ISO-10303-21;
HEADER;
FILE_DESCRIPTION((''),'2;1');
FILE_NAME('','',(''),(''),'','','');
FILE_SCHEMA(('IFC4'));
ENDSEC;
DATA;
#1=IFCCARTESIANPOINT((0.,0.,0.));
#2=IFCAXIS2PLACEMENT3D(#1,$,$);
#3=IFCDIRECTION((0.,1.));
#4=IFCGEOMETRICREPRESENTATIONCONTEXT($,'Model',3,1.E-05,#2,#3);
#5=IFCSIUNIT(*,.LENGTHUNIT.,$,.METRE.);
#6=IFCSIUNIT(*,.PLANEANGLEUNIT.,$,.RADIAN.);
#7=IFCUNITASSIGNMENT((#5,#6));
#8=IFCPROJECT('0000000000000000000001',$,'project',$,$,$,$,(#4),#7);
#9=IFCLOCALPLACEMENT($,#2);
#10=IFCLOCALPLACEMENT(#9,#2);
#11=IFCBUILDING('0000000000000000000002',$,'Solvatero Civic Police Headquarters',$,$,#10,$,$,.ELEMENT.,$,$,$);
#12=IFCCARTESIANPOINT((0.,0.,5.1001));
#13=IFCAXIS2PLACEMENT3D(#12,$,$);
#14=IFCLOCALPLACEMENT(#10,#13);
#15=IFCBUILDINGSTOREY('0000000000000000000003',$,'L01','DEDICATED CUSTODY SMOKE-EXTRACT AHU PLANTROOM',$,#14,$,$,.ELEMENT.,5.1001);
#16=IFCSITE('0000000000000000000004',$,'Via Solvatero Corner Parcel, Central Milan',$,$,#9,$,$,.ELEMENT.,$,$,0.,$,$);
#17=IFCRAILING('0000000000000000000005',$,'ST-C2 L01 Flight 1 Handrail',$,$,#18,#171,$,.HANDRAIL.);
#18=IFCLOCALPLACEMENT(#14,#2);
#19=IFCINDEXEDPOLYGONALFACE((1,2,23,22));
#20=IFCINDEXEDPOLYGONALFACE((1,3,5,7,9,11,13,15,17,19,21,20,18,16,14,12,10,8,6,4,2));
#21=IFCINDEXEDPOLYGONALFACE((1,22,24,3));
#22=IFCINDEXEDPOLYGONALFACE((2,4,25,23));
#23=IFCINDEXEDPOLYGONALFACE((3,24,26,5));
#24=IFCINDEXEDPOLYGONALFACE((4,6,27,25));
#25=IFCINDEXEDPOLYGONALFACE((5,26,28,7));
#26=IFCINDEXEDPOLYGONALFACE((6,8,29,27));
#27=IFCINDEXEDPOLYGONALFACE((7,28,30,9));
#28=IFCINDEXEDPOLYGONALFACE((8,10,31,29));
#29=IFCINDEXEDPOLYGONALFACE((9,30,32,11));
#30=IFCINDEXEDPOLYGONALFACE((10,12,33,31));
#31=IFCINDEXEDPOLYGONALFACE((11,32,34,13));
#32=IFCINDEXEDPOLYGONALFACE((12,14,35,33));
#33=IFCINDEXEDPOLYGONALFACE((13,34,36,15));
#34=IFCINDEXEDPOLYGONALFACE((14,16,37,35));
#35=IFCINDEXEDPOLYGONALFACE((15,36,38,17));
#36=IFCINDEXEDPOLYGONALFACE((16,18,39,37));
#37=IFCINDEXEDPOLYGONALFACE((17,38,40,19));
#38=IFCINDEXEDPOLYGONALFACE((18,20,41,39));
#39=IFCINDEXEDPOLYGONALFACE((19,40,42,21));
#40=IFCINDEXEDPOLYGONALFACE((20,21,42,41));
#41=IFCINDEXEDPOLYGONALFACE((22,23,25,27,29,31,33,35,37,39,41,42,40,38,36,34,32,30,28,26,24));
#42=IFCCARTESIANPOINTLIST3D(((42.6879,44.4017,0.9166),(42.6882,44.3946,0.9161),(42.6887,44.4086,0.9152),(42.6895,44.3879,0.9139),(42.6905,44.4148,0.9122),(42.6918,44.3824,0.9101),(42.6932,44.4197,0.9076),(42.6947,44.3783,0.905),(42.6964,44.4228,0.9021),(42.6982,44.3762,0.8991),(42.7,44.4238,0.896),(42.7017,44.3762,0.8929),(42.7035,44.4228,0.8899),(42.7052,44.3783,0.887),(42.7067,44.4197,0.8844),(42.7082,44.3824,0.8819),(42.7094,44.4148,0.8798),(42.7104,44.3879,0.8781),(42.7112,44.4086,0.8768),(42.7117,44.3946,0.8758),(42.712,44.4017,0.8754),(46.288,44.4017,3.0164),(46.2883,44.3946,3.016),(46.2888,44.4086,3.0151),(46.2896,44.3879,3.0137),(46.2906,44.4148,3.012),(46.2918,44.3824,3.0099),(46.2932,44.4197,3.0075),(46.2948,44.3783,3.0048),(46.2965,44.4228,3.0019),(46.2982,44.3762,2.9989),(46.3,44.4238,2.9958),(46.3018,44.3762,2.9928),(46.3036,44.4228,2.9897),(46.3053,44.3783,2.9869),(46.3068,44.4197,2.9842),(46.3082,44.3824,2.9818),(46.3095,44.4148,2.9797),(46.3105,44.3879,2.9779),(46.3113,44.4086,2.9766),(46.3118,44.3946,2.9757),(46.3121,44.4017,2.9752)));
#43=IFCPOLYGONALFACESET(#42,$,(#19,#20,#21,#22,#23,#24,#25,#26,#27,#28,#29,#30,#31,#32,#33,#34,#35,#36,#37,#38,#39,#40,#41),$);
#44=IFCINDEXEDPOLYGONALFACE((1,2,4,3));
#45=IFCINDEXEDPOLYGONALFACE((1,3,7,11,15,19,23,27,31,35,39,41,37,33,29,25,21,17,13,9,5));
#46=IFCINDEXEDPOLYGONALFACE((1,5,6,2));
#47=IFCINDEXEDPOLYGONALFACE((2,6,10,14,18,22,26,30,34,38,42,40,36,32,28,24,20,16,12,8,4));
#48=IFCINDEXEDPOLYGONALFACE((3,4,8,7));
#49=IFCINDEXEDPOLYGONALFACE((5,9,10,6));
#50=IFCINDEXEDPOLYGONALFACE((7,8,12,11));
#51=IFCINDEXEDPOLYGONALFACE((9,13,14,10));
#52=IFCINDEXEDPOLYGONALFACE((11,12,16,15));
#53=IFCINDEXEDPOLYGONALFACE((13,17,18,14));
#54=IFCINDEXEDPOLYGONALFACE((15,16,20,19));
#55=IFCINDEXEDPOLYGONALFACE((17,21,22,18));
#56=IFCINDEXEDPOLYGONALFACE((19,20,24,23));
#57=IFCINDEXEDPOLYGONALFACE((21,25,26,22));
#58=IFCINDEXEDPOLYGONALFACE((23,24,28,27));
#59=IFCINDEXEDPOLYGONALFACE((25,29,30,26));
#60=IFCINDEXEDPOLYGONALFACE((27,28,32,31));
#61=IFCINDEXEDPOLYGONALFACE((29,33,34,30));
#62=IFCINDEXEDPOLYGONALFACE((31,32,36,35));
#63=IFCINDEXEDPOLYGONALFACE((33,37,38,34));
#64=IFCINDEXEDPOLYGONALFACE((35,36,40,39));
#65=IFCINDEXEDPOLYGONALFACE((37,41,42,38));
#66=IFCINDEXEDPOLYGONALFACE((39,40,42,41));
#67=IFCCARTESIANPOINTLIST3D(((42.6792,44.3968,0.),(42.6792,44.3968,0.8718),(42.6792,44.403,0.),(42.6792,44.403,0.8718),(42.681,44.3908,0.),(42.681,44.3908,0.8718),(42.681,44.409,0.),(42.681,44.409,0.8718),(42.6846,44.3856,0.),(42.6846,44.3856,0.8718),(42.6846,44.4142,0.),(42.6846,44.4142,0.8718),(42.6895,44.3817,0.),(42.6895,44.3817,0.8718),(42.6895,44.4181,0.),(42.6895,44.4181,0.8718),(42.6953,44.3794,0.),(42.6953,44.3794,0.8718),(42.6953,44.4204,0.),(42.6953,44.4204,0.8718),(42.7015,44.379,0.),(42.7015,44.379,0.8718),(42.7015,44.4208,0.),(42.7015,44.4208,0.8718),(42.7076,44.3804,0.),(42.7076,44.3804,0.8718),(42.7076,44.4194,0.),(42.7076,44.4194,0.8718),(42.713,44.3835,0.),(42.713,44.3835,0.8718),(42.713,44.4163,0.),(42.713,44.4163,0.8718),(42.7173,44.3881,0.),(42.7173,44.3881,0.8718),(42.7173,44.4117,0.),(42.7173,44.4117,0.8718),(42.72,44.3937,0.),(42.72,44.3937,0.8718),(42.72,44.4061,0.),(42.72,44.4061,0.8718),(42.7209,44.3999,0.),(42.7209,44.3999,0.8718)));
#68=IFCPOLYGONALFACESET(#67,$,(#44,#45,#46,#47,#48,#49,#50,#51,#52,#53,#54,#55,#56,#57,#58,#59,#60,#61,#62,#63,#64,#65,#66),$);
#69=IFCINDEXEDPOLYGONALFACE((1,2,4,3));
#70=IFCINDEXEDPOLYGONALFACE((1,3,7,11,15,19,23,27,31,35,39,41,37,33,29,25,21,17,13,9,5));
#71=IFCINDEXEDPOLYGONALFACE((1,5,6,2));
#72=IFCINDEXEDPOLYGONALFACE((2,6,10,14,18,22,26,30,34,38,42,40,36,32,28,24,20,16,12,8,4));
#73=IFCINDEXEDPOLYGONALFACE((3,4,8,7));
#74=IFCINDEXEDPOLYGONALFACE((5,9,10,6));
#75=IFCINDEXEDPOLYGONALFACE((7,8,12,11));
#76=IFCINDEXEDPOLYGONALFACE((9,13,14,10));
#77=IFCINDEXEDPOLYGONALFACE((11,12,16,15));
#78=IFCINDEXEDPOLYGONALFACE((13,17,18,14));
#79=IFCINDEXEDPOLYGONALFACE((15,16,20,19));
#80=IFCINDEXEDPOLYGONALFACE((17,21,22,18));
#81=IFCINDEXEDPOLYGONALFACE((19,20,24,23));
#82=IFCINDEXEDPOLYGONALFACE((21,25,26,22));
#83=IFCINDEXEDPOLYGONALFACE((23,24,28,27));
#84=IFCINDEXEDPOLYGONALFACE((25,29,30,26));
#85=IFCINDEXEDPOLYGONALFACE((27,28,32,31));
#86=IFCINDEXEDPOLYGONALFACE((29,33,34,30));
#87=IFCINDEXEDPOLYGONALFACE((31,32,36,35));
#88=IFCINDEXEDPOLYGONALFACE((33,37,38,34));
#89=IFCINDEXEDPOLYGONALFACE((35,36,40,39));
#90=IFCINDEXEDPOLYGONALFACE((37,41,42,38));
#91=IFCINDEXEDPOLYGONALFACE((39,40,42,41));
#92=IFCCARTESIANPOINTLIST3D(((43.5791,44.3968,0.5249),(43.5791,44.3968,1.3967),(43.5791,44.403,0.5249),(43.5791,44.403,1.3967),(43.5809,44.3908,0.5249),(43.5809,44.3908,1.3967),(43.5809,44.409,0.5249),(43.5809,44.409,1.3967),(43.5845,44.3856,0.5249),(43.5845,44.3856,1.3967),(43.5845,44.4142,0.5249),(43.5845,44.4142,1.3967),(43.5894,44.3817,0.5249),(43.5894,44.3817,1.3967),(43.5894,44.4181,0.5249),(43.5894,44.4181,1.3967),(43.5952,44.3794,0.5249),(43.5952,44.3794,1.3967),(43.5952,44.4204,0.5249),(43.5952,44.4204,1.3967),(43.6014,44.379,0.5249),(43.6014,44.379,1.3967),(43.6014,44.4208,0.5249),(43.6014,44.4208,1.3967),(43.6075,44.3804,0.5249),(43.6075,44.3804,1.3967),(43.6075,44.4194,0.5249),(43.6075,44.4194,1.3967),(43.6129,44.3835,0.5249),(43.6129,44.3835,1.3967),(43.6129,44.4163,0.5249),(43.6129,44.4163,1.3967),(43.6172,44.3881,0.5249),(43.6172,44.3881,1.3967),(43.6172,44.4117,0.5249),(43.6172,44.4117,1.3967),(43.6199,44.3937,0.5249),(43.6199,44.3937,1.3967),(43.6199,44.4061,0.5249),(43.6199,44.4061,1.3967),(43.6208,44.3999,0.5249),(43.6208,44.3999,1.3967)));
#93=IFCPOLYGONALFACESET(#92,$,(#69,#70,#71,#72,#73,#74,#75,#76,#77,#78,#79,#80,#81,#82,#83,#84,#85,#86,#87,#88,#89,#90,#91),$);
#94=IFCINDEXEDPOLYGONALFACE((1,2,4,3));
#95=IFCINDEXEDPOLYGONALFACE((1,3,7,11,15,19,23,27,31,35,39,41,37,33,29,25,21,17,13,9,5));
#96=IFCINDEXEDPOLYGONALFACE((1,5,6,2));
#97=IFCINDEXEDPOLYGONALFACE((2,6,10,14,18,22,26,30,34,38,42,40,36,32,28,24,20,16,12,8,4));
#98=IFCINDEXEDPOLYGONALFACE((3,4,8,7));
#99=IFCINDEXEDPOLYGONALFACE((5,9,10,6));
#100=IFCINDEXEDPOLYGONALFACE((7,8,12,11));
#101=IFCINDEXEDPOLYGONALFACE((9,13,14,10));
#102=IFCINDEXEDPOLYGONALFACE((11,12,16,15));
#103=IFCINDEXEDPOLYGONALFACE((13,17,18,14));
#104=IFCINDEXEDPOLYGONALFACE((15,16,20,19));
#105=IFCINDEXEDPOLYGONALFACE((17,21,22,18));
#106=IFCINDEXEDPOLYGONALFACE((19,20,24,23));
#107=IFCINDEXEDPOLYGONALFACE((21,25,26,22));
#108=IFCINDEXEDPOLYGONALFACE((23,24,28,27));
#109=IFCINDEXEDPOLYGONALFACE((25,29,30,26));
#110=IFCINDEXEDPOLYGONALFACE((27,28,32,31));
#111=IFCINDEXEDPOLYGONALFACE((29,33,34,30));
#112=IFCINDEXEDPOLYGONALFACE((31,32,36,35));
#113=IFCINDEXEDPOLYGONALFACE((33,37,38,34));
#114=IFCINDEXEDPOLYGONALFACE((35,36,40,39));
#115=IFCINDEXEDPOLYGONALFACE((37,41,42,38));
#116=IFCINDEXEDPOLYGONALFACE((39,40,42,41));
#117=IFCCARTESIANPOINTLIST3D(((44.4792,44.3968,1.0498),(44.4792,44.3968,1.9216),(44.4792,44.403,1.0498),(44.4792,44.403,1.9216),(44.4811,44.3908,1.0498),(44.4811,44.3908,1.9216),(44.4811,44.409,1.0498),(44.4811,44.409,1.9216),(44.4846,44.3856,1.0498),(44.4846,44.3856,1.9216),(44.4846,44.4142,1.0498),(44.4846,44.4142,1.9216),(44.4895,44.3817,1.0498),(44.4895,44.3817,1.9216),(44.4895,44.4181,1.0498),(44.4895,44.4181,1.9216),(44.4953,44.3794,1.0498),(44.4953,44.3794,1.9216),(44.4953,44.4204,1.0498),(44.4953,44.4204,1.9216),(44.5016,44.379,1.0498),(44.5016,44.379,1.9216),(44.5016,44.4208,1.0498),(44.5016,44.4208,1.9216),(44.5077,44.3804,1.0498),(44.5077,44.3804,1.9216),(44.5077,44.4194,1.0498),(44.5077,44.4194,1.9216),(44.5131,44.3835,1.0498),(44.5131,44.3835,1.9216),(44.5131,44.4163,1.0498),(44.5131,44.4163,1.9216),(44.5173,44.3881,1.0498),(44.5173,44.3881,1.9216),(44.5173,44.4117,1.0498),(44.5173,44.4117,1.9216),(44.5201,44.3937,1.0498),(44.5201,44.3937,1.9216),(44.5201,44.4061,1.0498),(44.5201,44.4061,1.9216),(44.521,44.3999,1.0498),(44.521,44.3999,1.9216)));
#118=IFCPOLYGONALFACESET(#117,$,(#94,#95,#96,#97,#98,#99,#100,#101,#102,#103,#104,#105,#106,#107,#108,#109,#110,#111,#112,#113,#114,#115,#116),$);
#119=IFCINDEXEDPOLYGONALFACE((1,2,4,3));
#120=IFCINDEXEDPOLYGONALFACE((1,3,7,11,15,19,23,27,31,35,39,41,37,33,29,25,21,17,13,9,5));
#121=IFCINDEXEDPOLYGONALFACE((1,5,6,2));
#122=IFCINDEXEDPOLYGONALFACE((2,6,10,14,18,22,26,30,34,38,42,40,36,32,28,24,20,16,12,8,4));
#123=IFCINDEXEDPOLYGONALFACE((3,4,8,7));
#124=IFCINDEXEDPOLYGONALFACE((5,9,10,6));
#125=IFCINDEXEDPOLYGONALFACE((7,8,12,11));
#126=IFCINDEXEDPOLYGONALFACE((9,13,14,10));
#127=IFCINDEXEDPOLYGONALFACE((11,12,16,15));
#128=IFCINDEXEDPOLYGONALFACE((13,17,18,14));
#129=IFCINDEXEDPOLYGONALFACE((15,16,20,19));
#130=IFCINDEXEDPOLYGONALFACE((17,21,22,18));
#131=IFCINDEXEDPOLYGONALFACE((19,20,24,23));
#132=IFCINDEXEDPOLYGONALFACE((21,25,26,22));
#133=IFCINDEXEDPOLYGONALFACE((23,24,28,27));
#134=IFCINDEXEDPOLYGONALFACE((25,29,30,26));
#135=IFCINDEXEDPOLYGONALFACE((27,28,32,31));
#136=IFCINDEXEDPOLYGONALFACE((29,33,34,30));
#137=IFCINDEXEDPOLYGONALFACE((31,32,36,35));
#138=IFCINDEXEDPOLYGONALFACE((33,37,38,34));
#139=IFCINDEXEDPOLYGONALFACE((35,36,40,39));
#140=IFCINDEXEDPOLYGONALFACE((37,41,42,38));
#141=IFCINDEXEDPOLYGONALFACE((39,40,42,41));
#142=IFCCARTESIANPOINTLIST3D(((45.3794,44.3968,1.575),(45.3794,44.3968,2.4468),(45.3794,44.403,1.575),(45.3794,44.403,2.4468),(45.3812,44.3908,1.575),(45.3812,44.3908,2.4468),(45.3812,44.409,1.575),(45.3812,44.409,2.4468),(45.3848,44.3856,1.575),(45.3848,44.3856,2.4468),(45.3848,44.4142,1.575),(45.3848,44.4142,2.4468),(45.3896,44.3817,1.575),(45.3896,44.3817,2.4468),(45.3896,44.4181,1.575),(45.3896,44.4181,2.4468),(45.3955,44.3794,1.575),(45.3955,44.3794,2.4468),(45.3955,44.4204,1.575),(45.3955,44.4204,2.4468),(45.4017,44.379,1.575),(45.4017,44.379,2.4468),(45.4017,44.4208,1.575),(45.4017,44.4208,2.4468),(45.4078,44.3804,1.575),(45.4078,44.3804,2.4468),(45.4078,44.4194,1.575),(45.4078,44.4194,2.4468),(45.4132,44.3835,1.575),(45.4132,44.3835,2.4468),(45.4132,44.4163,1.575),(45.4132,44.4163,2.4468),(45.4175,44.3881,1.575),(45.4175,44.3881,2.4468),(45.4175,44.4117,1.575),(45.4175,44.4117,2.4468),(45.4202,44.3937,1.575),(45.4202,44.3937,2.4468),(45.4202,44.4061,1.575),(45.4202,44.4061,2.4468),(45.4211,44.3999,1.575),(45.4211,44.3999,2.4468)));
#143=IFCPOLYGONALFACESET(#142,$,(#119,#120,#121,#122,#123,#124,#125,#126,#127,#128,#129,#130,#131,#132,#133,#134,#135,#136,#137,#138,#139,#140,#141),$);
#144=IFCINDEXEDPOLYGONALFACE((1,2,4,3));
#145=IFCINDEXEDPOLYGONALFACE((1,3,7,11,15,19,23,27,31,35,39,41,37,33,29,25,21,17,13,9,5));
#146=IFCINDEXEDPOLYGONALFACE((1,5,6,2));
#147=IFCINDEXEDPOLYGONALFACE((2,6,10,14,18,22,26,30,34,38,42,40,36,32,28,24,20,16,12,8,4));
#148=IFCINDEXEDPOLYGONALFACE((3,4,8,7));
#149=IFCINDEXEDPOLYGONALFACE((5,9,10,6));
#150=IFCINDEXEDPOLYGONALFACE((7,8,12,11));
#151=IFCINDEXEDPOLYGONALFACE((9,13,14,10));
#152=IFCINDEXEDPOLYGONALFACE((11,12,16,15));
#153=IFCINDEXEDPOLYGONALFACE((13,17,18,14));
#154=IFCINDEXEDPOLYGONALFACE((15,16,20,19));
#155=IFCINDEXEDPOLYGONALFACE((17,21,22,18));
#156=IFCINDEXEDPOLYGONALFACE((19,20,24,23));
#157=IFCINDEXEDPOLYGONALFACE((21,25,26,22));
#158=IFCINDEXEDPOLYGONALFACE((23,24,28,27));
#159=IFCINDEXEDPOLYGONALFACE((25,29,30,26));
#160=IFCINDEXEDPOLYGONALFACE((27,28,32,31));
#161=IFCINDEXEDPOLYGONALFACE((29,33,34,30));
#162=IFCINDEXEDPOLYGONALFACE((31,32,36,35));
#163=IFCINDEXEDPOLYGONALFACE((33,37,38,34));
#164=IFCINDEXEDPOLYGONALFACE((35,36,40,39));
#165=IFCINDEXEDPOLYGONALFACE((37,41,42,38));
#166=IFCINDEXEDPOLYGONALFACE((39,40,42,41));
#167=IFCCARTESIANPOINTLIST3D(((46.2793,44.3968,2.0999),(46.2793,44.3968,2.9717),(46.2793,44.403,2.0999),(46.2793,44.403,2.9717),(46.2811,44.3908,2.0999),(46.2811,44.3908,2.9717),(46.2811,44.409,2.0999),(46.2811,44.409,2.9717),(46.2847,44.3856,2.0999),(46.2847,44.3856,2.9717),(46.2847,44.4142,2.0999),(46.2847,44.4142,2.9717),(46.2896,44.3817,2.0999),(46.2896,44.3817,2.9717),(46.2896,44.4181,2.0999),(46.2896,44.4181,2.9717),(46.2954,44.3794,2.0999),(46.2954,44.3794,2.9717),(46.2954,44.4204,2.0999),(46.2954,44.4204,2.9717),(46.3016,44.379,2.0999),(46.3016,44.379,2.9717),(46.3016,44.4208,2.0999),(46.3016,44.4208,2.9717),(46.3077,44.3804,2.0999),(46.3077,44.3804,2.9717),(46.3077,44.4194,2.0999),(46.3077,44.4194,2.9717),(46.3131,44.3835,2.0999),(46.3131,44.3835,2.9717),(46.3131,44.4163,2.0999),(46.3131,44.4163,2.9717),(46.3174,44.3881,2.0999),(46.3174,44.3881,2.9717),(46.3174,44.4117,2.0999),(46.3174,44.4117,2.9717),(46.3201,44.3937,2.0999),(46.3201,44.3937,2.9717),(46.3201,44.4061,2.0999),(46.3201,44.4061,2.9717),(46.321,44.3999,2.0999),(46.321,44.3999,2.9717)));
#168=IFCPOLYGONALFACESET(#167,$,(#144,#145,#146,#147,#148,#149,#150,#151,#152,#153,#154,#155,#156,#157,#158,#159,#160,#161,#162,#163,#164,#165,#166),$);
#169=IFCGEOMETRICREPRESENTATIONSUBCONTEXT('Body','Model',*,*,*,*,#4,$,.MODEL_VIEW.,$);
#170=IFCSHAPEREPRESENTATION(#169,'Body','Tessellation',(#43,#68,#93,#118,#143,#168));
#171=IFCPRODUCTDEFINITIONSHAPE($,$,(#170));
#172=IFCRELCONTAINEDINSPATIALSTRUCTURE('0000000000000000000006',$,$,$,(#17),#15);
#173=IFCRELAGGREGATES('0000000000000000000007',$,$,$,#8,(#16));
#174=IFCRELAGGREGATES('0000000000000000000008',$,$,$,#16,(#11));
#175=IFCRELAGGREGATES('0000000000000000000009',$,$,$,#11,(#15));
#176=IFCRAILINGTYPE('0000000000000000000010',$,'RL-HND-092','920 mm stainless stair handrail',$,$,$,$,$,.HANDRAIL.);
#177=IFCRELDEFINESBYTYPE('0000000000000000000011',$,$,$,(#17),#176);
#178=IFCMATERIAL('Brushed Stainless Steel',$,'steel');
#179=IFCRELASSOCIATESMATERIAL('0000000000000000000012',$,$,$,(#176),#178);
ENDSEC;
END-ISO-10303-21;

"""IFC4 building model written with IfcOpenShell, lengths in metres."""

from ifc_helpers import new_model, si_unit, direction, frame, origin, origin_2d, place, context, subcontext, project, spatial, circle, extrude, material, type_object, element, save


model = new_model("IFC4")

# Units and contexts
model_context = context("Model", 3, precision=1e-05, world=origin(), true_north=direction((0.0, 1.0)))
body_context = subcontext(model_context, "Body", "Model", "MODEL_VIEW")
ifc_project = project(units=[si_unit("LENGTHUNIT", "METRE"), si_unit("PLANEANGLEUNIT", "RADIAN")], contexts=[model_context])

# Site, building, storey
site_placement = place(None, origin())
site = spatial("IfcSite", under=ifc_project, at=site_placement, Name="Via Solvatero Corner Parcel, Central Milan", CompositionType="ELEMENT", RefElevation=0.0)
building_placement = place(site_placement, origin())
building = spatial("IfcBuilding", under=site, at=building_placement, Name="Solvatero Civic Police Headquarters", CompositionType="ELEMENT")
storey_placement = place(building_placement, frame((0.0, 0.0, 5.1001)))
storey = spatial("IfcBuildingStorey", under=building, at=storey_placement, Name="L01", Description="DEDICATED CUSTODY SMOKE-EXTRACT AHU PLANTROOM", CompositionType="ELEMENT", Elevation=5.1001)

# Railing
ifc_material_1 = material(Name="Brushed Stainless Steel", Category="steel")
railing_type_1 = type_object("IfcRailingType", Name="RL-HND-092", Description="920 mm stainless stair handrail", PredefinedType="HANDRAIL", material=ifc_material_1)
railing_1_placement = place(storey_placement, frame((42.7, 44.3999, 0.0)))
element("IfcRailing", 1, at=railing_1_placement, inside=storey, type_object=railing_type_1, Name="ST-C2 L01 Flight 1 Handrail", PredefinedType="HANDRAIL", context=body_context, shape_type="SweptSolid", body=[
    extrude(circle(Radius=0.0239, at=origin_2d()), frame((0.0, 0.0, 0.896), z_axis=(0.8638, 0.0, 0.503835), x_axis=(0.0, 1.0, 0.0)), (0.0, 0.0, 1.0), 4.1677),
    extrude(circle(Radius=0.021, at=origin_2d()), origin(), (0.0, 0.0, 1.0), 0.8718),
    extrude(circle(Radius=0.021, at=origin_2d()), frame((0.8999, 0.0, 0.5249)), (0.0, 0.0, 1.0), 0.8718),
    extrude(circle(Radius=0.021, at=origin_2d()), frame((1.8, 0.0, 1.0498)), (0.0, 0.0, 1.0), 0.8718),
    extrude(circle(Radius=0.021, at=origin_2d()), frame((2.7002, 0.0, 1.575)), (0.0, 0.0, 1.0), 0.8718),
    extrude(circle(Radius=0.021, at=origin_2d()), frame((3.6001, 0.0, 2.0999)), (0.0, 0.0, 1.0), 0.8718),
])

save(model, "model.ifc")
